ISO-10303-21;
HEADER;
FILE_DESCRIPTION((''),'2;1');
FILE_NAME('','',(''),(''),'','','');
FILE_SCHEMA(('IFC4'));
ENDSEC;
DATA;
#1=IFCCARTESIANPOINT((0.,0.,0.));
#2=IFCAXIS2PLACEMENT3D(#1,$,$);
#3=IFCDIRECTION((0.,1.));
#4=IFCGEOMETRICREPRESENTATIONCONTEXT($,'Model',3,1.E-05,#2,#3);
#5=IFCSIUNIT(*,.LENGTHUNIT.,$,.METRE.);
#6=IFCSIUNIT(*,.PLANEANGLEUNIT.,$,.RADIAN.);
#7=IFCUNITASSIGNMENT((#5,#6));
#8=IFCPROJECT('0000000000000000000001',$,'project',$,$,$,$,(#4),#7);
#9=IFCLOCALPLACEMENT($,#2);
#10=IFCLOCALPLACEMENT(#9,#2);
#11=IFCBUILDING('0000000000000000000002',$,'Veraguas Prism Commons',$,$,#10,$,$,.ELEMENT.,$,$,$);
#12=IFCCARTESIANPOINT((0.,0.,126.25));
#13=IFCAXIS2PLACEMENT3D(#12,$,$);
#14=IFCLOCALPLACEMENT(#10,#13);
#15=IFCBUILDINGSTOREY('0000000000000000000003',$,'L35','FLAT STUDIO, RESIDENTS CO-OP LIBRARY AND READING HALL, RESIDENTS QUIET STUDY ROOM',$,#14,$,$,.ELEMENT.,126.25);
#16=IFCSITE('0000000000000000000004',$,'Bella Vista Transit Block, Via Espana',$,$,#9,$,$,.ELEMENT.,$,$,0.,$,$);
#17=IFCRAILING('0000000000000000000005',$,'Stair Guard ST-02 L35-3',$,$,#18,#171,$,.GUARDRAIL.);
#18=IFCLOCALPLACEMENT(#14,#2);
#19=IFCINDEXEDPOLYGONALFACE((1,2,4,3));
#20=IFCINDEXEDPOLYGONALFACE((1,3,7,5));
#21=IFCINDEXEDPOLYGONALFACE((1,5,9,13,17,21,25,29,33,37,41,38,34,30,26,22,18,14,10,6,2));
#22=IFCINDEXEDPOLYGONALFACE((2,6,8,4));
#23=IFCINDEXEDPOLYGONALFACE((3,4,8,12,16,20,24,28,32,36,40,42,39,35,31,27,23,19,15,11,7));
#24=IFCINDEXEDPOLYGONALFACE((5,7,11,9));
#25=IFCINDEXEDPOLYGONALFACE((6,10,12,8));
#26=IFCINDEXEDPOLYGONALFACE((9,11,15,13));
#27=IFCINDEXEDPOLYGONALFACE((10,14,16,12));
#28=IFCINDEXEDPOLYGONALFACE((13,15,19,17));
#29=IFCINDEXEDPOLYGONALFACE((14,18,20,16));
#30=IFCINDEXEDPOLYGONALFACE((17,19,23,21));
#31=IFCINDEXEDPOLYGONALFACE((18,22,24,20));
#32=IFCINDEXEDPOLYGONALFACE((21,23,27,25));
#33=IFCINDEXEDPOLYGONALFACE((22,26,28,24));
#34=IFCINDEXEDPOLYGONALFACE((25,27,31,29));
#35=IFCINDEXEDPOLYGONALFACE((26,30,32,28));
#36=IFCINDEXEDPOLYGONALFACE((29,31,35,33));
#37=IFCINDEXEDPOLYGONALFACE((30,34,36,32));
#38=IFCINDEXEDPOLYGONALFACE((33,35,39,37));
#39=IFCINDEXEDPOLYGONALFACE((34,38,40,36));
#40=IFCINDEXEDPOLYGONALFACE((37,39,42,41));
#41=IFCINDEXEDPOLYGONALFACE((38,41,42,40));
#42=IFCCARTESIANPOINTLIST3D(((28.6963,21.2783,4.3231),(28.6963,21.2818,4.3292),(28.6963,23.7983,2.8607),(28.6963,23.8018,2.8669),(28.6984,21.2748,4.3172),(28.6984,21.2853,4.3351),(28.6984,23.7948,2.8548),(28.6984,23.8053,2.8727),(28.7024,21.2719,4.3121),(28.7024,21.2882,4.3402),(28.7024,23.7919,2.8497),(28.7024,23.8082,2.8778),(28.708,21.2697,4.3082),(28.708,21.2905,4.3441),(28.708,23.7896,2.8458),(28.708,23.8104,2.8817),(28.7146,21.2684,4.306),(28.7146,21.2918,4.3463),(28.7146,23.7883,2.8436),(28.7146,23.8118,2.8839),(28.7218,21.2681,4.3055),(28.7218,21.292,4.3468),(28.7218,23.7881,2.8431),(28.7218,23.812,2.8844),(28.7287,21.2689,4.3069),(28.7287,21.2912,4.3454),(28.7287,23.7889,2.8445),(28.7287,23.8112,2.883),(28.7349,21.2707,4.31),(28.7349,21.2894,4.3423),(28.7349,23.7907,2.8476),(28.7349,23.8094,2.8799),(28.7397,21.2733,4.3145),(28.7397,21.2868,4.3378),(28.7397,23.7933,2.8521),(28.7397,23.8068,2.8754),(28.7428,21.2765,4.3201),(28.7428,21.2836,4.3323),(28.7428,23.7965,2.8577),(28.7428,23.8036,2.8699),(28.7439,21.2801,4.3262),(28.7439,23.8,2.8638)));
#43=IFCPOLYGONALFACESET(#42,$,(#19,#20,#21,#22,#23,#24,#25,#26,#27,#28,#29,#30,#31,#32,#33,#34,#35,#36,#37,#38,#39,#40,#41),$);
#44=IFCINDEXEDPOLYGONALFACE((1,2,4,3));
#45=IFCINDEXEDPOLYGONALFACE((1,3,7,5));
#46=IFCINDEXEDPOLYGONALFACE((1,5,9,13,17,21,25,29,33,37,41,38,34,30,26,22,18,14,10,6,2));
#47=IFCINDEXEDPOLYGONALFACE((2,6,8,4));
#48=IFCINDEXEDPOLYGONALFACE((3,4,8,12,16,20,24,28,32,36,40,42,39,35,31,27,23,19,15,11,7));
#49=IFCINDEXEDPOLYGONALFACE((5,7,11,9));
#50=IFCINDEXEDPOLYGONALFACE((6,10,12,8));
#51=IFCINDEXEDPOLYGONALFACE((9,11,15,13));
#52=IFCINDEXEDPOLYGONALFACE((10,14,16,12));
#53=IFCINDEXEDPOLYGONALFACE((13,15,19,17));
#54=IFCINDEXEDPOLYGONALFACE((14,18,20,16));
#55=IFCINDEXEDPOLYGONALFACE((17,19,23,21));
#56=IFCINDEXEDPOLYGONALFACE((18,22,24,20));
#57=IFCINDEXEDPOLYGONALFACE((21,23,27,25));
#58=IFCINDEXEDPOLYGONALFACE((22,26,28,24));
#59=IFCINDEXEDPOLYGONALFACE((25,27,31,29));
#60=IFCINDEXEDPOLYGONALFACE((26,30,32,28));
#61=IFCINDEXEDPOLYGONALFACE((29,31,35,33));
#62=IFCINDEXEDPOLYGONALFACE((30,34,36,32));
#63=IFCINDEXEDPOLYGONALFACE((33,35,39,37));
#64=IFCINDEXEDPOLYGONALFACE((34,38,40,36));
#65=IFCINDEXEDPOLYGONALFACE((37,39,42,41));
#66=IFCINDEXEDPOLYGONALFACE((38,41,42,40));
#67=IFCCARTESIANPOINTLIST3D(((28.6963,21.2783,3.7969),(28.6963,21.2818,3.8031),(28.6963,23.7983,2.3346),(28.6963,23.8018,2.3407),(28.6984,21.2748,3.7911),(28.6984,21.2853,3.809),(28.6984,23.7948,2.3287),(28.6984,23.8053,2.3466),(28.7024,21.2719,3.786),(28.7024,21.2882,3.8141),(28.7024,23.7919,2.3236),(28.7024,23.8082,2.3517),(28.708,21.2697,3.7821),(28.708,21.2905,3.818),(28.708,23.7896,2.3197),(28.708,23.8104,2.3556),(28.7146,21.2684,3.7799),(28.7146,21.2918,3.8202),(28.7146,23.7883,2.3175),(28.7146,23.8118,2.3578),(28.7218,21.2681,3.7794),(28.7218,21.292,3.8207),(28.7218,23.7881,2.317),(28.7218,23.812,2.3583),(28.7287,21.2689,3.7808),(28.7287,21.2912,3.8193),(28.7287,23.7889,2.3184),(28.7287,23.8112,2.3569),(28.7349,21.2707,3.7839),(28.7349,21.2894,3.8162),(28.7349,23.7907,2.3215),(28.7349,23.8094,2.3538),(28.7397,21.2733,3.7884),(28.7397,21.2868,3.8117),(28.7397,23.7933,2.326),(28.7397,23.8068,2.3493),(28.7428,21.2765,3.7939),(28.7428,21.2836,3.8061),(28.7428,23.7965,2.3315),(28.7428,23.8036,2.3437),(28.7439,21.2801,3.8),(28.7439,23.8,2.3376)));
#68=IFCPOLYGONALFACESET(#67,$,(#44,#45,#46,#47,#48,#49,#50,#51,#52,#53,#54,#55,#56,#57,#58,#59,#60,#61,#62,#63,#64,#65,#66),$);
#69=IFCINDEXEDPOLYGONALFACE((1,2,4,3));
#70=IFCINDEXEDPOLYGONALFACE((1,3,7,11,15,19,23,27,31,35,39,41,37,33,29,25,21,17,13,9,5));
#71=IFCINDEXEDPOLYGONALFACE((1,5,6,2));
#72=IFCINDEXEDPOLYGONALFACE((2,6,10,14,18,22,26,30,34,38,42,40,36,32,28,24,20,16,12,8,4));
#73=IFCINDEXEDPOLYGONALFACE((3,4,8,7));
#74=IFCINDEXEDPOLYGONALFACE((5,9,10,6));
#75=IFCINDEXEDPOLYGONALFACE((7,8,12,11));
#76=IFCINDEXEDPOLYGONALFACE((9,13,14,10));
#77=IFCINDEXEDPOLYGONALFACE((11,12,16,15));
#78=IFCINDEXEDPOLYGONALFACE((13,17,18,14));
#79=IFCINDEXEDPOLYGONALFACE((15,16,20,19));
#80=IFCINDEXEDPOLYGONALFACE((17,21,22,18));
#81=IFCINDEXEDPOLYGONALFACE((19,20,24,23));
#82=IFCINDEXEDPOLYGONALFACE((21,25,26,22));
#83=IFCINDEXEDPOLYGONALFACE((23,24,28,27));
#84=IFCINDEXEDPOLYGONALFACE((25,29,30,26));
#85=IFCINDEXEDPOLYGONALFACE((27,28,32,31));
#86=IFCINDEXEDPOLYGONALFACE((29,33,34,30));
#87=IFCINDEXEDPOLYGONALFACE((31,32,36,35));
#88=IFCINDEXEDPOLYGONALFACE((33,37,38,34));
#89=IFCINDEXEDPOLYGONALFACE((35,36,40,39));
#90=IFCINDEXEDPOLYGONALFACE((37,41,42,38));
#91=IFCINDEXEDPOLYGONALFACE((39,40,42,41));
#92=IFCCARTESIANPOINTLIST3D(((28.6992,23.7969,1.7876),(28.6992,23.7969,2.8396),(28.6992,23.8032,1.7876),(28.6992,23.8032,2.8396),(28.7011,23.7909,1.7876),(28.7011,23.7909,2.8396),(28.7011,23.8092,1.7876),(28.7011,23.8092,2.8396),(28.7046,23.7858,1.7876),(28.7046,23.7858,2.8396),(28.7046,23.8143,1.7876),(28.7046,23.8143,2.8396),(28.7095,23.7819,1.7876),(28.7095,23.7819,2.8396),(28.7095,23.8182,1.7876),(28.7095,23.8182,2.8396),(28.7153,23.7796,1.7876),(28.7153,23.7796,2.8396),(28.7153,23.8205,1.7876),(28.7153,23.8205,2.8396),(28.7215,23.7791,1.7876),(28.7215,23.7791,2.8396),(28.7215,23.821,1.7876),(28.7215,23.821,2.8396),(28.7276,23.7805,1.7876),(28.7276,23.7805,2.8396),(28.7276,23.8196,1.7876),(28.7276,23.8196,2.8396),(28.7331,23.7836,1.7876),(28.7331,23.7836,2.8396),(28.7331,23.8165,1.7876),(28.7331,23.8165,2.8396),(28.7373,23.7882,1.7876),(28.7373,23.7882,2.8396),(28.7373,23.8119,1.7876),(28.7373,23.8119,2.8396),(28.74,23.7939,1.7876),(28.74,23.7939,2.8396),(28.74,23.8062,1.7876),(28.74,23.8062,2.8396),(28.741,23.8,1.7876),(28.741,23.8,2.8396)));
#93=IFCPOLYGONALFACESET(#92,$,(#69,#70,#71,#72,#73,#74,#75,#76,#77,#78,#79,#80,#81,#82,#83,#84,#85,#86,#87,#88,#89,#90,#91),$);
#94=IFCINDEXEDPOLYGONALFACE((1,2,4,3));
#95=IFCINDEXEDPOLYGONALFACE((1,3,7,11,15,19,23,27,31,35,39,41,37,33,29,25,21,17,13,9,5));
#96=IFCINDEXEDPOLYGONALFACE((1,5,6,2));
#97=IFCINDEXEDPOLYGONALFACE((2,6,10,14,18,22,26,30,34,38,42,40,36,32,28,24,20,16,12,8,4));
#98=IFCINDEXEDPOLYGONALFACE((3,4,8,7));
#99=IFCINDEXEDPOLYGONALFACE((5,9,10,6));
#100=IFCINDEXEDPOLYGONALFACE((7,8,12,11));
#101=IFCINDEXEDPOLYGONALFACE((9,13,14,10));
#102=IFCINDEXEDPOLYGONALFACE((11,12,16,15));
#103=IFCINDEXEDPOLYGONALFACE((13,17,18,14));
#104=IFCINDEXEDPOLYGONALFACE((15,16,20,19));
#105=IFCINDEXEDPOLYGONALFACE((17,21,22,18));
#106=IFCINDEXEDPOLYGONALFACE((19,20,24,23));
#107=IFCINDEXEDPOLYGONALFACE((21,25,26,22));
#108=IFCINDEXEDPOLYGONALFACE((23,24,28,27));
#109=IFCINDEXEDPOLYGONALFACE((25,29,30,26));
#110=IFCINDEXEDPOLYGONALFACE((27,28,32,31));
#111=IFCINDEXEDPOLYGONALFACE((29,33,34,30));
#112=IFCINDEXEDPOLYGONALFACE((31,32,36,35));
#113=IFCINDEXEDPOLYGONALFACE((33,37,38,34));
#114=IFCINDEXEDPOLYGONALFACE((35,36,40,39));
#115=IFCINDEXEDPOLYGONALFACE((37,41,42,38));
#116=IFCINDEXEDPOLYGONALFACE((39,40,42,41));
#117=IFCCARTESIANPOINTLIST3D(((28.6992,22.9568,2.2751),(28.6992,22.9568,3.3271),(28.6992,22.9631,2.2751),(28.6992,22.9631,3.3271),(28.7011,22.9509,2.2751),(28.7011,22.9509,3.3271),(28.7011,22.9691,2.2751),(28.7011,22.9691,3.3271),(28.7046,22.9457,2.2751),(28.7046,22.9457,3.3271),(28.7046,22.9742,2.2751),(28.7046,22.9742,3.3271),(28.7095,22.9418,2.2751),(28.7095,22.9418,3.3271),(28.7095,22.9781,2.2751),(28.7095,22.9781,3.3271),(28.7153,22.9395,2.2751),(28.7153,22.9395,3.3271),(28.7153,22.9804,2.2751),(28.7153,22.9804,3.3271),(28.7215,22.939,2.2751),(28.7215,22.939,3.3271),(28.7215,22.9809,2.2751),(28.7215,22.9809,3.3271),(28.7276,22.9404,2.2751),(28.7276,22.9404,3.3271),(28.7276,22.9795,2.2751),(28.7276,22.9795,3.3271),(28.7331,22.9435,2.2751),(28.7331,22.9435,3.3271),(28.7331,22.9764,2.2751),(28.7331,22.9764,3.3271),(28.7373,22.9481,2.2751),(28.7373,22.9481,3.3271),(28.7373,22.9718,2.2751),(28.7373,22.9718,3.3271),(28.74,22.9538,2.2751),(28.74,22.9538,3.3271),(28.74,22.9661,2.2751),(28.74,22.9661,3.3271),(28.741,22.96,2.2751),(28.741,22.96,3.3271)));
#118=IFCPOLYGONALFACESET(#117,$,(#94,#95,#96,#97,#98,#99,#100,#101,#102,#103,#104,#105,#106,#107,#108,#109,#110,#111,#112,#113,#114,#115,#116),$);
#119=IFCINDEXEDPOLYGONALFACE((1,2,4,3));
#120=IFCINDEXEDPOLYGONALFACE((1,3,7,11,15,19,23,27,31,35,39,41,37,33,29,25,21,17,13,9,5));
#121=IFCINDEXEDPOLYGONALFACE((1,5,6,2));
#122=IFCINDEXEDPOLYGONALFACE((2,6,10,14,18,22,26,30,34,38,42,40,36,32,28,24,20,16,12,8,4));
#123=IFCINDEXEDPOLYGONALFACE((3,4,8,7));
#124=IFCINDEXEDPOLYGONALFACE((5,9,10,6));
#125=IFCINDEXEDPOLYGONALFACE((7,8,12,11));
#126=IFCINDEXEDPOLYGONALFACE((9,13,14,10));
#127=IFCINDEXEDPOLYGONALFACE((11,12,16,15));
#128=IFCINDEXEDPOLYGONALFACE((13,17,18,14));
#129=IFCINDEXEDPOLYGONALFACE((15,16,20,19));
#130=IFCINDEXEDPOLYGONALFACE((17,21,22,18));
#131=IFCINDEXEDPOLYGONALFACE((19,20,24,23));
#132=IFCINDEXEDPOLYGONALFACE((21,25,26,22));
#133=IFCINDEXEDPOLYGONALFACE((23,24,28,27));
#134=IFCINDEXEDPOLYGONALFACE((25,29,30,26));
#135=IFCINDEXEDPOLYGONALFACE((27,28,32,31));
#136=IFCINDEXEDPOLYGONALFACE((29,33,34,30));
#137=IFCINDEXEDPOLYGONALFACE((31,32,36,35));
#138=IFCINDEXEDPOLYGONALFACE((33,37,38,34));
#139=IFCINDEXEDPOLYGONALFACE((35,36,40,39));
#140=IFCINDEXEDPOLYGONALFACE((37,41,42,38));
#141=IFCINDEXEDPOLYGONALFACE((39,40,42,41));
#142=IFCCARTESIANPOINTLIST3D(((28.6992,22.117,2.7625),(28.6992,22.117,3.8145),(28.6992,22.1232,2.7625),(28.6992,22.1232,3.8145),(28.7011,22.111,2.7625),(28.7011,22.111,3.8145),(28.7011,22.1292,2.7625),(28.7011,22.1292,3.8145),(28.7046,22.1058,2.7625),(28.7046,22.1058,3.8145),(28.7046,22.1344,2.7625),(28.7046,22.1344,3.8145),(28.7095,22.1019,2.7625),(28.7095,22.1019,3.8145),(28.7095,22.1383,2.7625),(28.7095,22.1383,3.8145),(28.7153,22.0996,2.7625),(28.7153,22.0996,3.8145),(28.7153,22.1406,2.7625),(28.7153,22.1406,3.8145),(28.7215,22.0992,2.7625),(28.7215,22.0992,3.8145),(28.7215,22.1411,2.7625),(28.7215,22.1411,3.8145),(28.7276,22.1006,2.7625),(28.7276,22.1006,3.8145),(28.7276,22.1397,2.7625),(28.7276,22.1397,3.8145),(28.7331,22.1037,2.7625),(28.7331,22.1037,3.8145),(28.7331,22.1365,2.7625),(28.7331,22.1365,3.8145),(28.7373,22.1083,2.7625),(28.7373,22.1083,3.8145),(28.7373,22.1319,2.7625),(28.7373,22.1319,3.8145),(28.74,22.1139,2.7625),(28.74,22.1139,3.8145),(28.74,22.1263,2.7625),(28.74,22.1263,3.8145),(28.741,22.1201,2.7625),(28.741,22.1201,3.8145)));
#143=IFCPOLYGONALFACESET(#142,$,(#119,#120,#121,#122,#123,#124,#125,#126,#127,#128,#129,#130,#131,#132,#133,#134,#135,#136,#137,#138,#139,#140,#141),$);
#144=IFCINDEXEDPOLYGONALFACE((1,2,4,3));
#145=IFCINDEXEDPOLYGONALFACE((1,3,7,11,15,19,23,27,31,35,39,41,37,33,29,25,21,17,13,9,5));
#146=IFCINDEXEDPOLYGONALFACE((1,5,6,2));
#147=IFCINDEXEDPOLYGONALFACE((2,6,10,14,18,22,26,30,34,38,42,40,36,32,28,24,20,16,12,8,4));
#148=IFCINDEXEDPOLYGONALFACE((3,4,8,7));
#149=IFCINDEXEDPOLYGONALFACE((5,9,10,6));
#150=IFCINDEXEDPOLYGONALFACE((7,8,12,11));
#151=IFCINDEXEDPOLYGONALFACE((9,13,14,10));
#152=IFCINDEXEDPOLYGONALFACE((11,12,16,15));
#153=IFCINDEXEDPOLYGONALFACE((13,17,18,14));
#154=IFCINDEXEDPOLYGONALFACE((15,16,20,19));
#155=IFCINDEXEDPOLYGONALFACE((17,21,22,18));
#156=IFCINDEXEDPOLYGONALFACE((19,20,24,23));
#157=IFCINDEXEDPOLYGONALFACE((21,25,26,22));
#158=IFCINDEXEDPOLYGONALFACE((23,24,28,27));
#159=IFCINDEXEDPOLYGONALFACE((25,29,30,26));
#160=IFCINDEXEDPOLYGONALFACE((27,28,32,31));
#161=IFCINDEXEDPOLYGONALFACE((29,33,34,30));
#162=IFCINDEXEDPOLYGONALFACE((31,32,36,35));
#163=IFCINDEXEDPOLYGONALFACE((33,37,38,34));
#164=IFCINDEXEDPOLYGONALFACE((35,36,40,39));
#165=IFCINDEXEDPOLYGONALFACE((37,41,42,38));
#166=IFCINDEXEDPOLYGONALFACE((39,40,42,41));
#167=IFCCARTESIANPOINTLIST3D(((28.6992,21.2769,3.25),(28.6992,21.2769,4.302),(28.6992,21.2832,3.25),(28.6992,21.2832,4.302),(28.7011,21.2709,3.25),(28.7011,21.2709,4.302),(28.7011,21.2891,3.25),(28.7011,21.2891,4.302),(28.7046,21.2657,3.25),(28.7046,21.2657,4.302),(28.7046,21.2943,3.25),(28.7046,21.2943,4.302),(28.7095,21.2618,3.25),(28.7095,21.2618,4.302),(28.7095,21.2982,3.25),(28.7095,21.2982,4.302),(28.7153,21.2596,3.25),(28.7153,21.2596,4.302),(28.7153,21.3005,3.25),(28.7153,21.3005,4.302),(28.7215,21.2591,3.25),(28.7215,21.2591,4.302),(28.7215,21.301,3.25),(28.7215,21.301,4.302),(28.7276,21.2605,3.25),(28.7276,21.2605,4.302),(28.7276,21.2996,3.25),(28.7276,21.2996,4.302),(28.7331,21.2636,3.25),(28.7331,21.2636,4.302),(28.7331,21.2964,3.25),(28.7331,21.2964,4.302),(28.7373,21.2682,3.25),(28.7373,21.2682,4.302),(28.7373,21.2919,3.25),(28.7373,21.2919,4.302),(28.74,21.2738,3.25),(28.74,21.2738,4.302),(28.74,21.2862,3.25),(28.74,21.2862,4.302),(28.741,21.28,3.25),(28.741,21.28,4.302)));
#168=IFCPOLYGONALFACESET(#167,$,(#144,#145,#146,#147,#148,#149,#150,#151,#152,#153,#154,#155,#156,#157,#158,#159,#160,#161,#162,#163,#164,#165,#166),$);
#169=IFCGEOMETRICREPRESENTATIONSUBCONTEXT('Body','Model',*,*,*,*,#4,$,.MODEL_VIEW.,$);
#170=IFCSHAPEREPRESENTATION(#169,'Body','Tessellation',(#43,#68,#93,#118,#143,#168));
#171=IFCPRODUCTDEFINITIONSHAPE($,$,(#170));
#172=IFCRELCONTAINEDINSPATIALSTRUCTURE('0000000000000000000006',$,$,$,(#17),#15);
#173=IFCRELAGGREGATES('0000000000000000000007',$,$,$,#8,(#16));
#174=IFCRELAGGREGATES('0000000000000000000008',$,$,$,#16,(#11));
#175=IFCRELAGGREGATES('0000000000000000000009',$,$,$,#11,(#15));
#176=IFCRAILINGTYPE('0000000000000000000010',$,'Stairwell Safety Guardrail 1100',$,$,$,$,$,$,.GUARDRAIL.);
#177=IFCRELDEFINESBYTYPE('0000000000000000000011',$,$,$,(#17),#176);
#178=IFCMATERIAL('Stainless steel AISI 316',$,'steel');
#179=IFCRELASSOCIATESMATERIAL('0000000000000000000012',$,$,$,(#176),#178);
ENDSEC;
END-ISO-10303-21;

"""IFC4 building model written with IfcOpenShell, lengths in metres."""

from ifc_helpers import new_model, si_unit, direction, frame, origin, origin_2d, place, context, subcontext, project, spatial, circle, extrude, material, type_object, element, save


model = new_model("IFC4")

# Units and contexts
model_context = context("Model", 3, precision=1e-05, world=origin(), true_north=direction((0.0, 1.0)))
body_context = subcontext(model_context, "Body", "Model", "MODEL_VIEW")
ifc_project = project(units=[si_unit("LENGTHUNIT", "METRE"), si_unit("PLANEANGLEUNIT", "RADIAN")], contexts=[model_context])

# Site, building, storey
site_placement = place(None, origin())
site = spatial("IfcSite", under=ifc_project, at=site_placement, Name="Bella Vista Transit Block, Via Espana", CompositionType="ELEMENT", RefElevation=0.0)
building_placement = place(site_placement, origin())
building = spatial("IfcBuilding", under=site, at=building_placement, Name="Veraguas Prism Commons", CompositionType="ELEMENT")
storey_placement = place(building_placement, frame((0.0, 0.0, 126.25)))
storey = spatial("IfcBuildingStorey", under=building, at=storey_placement, Name="L35", Description="FLAT STUDIO, RESIDENTS CO-OP LIBRARY AND READING HALL, RESIDENTS QUIET STUDY ROOM", CompositionType="ELEMENT", Elevation=126.25)

# Shared definitions
ifc_material_1 = material(Name="Stainless steel AISI 316", Category="steel")

# Railing
railing_type_1 = type_object("IfcRailingType", Name="Stairwell Safety Guardrail 1100", PredefinedType="GUARDRAIL", material=ifc_material_1)
railing_1_placement = place(storey_placement, frame((28.72, 23.8, 1.7876)))
element("IfcRailing", 1, at=railing_1_placement, inside=storey, type_object=railing_type_1, Name="Stair Guard ST-02 L35-3", PredefinedType="GUARDRAIL", context=body_context, shape_type="SweptSolid", body=[
    extrude(circle(Radius=0.0239, at=origin_2d()), frame((0.0, 0.0, 1.0762), z_axis=(0.0, -0.864913, 0.501921), x_axis=(1.0, 0.0, 0.0)), (0.0, 0.0, 1.0), 2.9136),
    extrude(circle(Radius=0.0239, at=origin_2d()), frame((0.0, 0.0, 0.55), z_axis=(0.0, -0.864913, 0.501921), x_axis=(1.0, 0.0, 0.0)), (0.0, 0.0, 1.0), 2.9136),
    extrude(circle(Radius=0.021, at=origin_2d()), origin(), (0.0, 0.0, 1.0), 1.052),
    extrude(circle(Radius=0.021, at=origin_2d()), frame((0.0, -0.8401, 0.4875)), (0.0, 0.0, 1.0), 1.052),
    extrude(circle(Radius=0.021, at=origin_2d()), frame((0.0, -1.6799, 0.9749)), (0.0, 0.0, 1.0), 1.052),
    extrude(circle(Radius=0.021, at=origin_2d()), frame((0.0, -2.52, 1.4624)), (0.0, 0.0, 1.0), 1.052),
])

save(model, "model.ifc")
